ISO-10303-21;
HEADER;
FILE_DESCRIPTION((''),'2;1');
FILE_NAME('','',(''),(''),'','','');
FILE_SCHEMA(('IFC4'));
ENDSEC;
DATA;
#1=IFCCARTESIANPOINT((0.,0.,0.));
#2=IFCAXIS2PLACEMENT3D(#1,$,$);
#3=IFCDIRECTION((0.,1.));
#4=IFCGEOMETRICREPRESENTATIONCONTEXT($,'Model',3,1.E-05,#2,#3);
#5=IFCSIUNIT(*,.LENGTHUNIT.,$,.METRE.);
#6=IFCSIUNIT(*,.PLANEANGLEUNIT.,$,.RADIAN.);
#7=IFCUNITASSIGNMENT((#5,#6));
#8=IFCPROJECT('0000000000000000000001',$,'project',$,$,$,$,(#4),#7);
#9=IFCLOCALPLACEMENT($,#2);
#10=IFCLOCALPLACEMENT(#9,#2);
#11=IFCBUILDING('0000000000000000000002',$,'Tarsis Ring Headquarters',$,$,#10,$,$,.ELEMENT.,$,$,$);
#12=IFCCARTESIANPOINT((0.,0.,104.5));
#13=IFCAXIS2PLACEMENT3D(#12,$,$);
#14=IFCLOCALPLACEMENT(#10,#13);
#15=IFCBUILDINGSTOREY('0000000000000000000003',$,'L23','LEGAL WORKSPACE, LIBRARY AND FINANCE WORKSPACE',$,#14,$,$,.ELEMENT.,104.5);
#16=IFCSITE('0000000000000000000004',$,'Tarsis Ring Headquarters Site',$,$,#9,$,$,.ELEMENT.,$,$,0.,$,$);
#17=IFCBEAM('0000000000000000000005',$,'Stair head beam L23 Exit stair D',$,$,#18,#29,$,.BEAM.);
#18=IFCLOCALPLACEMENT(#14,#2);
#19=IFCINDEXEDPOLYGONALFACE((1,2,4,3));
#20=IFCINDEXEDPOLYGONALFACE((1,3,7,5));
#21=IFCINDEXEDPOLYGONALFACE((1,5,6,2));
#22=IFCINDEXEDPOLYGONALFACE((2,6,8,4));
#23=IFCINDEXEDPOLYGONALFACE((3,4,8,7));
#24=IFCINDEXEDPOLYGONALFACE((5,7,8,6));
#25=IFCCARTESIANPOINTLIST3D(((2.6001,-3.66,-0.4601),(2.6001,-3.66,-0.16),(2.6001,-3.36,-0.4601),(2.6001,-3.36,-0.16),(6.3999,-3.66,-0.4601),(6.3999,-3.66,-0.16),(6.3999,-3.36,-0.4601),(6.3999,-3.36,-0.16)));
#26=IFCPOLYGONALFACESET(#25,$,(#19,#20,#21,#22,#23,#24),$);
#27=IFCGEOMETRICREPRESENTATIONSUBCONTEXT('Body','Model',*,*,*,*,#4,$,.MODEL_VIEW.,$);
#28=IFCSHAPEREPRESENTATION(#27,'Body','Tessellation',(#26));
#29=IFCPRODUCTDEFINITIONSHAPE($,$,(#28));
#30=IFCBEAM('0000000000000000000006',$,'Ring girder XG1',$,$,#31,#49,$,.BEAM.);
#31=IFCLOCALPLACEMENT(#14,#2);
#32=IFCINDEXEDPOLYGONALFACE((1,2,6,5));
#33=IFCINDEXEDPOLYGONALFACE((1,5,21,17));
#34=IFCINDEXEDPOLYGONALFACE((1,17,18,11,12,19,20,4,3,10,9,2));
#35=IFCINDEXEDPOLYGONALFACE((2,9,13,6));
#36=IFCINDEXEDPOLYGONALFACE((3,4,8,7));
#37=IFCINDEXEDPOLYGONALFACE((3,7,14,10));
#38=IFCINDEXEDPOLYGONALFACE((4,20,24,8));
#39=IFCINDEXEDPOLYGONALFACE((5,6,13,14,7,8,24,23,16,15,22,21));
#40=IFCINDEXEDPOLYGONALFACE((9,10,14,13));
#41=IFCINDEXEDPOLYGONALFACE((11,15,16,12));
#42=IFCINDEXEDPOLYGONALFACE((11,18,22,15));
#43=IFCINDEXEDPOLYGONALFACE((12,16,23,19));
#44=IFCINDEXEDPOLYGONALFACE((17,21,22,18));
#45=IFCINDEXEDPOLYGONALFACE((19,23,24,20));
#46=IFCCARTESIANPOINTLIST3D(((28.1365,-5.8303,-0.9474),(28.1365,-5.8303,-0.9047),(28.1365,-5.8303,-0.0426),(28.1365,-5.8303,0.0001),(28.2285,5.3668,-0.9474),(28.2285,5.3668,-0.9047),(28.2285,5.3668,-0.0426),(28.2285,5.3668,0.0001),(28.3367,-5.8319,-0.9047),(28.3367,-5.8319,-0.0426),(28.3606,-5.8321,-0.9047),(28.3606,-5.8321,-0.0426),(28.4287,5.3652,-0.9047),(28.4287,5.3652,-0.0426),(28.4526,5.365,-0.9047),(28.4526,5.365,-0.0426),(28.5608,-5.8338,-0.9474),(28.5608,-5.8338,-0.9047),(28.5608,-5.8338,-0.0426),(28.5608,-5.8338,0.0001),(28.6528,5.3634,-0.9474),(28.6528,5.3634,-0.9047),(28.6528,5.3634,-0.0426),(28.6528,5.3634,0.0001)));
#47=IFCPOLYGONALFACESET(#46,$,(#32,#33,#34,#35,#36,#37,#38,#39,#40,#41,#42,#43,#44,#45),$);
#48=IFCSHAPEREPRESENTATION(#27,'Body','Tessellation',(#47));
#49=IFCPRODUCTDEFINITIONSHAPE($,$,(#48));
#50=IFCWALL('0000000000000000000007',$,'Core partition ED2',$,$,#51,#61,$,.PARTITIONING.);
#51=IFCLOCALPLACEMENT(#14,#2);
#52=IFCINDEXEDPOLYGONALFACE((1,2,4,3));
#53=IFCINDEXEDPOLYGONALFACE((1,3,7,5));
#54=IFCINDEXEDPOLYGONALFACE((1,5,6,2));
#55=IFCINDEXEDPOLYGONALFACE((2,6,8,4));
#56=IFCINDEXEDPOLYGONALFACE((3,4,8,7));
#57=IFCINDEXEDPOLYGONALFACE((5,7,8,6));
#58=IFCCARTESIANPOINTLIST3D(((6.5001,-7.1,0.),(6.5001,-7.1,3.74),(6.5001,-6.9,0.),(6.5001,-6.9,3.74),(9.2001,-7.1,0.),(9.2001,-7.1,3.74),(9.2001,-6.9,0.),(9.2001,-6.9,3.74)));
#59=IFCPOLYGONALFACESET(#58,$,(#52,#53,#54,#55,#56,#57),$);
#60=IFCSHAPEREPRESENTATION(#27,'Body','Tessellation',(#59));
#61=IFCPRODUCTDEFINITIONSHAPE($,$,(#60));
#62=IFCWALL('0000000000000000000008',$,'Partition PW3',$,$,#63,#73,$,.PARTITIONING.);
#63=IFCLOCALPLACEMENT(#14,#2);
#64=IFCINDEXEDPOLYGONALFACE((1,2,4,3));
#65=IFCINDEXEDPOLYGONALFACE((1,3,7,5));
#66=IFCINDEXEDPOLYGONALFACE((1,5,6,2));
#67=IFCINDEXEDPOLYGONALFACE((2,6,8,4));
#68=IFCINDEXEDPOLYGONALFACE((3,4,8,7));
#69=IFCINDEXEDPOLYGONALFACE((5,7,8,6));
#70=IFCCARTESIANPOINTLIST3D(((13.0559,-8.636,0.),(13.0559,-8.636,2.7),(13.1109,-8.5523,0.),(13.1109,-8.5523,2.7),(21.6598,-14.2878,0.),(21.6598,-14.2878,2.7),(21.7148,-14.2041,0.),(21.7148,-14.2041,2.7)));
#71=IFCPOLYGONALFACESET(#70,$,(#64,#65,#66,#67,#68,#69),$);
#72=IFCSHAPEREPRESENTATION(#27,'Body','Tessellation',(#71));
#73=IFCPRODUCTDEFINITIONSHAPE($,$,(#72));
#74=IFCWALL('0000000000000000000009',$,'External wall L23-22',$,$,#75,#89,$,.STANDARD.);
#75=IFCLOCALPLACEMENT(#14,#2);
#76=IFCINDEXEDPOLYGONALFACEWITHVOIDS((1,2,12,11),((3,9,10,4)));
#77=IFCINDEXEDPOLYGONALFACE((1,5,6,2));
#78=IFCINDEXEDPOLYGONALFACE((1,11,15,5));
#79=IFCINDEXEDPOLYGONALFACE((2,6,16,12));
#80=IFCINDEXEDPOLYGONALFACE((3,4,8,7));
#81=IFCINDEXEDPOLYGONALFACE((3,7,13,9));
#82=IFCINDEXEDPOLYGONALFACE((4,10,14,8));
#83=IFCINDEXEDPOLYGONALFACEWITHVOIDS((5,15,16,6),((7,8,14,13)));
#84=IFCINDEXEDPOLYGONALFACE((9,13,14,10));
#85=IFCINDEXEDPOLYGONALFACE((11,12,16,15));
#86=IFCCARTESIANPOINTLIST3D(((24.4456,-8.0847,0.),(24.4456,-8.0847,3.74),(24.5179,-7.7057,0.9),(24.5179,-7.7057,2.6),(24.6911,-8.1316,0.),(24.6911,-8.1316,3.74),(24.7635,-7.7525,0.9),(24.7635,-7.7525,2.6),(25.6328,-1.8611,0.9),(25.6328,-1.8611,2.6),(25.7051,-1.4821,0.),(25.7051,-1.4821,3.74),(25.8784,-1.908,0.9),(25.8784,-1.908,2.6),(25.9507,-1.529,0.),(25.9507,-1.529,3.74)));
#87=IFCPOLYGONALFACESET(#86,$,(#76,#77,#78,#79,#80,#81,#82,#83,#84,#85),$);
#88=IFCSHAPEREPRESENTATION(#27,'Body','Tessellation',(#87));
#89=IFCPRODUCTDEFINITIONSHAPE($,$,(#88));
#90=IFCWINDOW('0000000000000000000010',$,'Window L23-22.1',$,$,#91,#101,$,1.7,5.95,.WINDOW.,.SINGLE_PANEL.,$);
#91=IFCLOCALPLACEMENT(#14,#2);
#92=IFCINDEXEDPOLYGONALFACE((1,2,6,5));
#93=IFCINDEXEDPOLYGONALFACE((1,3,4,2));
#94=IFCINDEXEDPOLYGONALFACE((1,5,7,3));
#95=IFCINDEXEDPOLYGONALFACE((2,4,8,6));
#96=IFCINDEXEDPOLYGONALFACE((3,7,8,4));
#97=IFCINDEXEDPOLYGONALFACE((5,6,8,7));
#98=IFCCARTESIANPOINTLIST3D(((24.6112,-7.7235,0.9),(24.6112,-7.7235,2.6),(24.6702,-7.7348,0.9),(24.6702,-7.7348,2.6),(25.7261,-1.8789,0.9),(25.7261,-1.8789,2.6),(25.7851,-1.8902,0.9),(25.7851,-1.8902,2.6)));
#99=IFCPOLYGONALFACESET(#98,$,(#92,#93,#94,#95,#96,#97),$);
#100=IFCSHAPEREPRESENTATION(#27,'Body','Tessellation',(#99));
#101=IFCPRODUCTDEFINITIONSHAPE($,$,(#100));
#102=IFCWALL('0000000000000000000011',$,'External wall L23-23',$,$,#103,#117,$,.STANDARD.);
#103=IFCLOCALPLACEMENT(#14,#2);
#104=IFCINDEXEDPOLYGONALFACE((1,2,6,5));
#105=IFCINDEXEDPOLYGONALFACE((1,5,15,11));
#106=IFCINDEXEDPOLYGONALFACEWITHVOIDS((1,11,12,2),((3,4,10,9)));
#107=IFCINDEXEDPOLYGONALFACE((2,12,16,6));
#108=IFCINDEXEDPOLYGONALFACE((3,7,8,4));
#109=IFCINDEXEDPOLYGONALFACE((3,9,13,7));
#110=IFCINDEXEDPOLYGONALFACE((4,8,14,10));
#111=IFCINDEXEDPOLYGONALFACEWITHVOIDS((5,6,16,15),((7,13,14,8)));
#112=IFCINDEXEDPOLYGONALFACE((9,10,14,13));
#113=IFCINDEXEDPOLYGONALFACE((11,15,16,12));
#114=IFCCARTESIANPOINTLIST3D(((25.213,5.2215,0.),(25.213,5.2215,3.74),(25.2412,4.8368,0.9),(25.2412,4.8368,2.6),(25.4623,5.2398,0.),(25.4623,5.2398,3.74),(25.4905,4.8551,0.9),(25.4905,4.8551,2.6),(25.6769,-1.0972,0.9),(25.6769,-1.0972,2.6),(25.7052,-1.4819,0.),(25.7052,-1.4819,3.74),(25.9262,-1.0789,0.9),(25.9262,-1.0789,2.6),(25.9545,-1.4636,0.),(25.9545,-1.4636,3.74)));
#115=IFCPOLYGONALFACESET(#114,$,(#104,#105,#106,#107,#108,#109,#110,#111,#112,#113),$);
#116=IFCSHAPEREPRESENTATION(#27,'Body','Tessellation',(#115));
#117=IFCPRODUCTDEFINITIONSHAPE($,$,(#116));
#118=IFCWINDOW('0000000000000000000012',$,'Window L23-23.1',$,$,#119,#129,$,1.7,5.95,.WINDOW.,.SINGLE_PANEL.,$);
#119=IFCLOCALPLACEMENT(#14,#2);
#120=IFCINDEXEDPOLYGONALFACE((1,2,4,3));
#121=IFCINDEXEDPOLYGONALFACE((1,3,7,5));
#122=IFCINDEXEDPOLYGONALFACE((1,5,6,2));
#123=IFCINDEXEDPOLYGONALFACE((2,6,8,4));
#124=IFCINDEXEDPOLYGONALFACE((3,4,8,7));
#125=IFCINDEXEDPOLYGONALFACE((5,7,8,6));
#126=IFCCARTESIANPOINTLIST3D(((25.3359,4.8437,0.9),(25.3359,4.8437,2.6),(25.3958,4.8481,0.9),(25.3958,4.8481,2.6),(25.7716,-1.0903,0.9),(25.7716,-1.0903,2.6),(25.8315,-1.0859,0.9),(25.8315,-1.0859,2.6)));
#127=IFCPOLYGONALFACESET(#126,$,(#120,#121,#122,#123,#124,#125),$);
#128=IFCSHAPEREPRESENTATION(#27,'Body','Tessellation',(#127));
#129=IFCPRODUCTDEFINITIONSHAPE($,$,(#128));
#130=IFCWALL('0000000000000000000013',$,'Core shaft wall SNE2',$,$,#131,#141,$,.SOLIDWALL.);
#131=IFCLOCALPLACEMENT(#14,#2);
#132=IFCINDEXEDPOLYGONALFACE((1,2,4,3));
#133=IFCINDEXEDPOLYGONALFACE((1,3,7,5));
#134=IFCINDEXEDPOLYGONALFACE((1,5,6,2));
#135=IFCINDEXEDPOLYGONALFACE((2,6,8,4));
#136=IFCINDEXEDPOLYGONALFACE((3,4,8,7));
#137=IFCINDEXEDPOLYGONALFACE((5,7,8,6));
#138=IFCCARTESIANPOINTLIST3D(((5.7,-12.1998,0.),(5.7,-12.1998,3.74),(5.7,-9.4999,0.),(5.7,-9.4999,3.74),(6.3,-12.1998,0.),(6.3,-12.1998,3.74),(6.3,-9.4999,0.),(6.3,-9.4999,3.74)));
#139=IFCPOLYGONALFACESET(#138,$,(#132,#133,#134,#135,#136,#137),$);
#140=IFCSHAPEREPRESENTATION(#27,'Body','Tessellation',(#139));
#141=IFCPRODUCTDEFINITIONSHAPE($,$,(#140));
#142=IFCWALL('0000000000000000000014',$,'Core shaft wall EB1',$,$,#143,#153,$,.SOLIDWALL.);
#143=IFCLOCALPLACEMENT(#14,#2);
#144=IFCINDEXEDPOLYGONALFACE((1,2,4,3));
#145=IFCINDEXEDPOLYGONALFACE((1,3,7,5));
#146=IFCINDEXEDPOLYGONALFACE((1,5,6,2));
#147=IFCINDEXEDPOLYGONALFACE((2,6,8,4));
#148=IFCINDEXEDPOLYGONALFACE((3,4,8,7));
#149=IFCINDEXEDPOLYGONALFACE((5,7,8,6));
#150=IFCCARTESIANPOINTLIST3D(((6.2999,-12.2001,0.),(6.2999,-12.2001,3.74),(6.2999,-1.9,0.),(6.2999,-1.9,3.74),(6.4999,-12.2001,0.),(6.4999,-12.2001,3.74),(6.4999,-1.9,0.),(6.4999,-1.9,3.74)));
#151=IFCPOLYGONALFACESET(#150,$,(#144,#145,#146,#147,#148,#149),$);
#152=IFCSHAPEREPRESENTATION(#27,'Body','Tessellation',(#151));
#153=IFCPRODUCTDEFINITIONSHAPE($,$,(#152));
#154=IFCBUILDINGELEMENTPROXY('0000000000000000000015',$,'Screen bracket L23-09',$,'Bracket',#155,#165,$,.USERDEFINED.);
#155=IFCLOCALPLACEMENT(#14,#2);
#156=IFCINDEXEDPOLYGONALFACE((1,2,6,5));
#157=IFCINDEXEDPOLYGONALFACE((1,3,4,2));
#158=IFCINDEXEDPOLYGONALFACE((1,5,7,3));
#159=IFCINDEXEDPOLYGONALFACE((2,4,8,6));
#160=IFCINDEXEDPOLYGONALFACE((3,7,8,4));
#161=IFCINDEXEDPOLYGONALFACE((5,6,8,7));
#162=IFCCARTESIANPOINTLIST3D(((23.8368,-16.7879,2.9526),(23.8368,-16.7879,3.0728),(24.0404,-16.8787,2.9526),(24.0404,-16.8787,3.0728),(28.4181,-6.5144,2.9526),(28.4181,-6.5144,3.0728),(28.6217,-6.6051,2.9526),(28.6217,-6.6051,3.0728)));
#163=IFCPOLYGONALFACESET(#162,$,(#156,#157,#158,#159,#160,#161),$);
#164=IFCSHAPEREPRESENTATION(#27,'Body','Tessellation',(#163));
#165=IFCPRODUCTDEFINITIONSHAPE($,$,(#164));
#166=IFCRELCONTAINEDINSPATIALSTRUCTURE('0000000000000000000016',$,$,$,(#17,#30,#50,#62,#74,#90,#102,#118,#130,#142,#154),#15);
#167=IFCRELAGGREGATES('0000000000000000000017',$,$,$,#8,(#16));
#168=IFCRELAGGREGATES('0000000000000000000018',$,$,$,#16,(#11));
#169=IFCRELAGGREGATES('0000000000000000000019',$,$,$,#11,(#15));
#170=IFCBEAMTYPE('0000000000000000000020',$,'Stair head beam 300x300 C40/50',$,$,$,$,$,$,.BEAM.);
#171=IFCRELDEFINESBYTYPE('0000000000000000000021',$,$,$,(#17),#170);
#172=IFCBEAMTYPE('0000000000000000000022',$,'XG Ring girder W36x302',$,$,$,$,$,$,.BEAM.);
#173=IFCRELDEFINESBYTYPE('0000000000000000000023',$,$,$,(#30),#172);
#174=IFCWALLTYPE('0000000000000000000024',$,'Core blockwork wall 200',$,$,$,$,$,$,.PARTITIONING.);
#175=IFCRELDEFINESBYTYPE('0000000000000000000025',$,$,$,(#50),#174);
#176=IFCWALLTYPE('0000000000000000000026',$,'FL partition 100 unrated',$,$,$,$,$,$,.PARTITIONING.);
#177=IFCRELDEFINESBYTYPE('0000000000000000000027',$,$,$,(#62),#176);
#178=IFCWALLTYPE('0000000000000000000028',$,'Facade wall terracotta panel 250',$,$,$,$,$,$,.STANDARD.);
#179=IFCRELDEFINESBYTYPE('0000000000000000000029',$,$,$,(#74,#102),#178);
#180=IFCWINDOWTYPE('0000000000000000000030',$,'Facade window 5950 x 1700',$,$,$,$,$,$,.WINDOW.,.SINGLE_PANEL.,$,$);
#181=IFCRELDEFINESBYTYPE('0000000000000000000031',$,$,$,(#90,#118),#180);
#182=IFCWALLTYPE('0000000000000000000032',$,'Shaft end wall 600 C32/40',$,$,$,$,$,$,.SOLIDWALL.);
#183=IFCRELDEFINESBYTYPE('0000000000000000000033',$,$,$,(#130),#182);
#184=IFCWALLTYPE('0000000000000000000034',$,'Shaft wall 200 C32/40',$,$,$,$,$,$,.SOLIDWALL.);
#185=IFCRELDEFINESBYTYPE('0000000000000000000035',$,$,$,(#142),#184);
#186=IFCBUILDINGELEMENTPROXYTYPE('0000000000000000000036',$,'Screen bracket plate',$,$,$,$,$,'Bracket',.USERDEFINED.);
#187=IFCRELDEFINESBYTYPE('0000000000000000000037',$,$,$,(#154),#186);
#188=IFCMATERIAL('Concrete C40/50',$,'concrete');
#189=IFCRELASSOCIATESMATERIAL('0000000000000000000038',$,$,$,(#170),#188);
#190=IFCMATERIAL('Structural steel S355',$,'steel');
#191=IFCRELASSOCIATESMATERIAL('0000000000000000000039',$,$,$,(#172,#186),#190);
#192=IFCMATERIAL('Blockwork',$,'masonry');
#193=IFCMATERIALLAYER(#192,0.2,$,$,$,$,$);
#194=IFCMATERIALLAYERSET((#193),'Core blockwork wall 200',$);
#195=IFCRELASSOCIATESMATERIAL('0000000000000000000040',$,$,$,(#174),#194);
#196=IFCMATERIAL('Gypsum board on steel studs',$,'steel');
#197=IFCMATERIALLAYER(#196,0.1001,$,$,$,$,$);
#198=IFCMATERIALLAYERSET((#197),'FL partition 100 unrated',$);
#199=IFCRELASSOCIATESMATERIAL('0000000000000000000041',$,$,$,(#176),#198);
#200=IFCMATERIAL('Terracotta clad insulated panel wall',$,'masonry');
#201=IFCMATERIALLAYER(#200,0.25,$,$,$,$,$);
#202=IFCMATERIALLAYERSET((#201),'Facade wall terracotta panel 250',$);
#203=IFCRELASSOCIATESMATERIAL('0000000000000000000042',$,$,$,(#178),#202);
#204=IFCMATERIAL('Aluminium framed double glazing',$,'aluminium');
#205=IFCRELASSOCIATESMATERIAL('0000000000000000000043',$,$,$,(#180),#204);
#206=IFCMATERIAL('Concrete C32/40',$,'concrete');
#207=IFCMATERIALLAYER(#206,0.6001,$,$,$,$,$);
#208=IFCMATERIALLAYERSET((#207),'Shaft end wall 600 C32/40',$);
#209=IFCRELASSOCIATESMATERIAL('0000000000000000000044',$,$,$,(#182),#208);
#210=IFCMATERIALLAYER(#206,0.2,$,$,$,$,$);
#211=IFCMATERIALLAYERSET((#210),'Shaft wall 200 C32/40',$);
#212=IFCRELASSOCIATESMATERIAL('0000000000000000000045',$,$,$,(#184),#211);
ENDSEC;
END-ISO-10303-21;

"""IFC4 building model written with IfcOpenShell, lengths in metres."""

from ifc_helpers import new_model, si_unit, direction, frame, frame_2d, origin, origin_2d, place, context, subcontext, project, spatial, rectangle, i_section, extrude, material, layer, layer_set, material_profile, profile_set, type_object, element, fill, save


model = new_model("IFC4")

# Units and contexts
model_context = context("Model", 3, precision=1e-05, world=origin(), true_north=direction((0.0, 1.0)))
body_context = subcontext(model_context, "Body", "Model", "MODEL_VIEW")
ifc_project = project(units=[si_unit("LENGTHUNIT", "METRE"), si_unit("PLANEANGLEUNIT", "RADIAN")], contexts=[model_context])

# Site, building, storey
site_placement = place(None, origin())
site = spatial("IfcSite", under=ifc_project, at=site_placement, Name="Tarsis Ring Headquarters Site", CompositionType="ELEMENT", RefElevation=0.0)
building_placement = place(site_placement, origin())
building = spatial("IfcBuilding", under=site, at=building_placement, Name="Tarsis Ring Headquarters", CompositionType="ELEMENT")
storey_placement = place(building_placement, frame((0.0, 0.0, 104.5)))
storey = spatial("IfcBuildingStorey", under=building, at=storey_placement, Name="L23", Description="LEGAL WORKSPACE, LIBRARY AND FINANCE WORKSPACE", CompositionType="ELEMENT", Elevation=104.5)

# Shared definitions
ifc_material_1 = material(Name="Structural steel S355", Category="steel")

# Beams
ifc_material_2 = material(Name="Concrete C40/50", Category="concrete")
ifc_material_profile_1 = material_profile(ifc_material_2, rectangle(XDim=0.3, YDim=0.3, at=origin_2d()), Name="Stair head beam 300x300 C40/50")
ifc_profile_set_1 = profile_set([ifc_material_profile_1], Name="Concrete C40/50")
beam_type_1 = type_object("IfcBeamType", Name="Stair head beam 300x300 C40/50", PredefinedType="BEAM", material=ifc_profile_set_1)
beam_1_placement = place(storey_placement, frame((2.6001, -3.51, -0.3101), z_axis=(1.0, 0.0, 0.0), x_axis=(0.0, 1.0, 0.0)))
element("IfcBeam", 1, at=beam_1_placement, inside=storey, type_object=beam_type_1, Name="Stair head beam L23 Exit stair D", PredefinedType="BEAM", context=body_context, shape_type="SweptSolid", body=[
    extrude(rectangle(XDim=0.3, YDim=0.3, at=origin_2d()), origin(), (0.0, 0.0, 1.0), 3.7998),
])
ifc_material_profile_2 = material_profile(ifc_material_1, i_section(OverallWidth=0.4243, OverallDepth=0.9475, WebThickness=0.0239, FlangeThickness=0.0427, at=origin_2d()), Name="W36x302")
ifc_profile_set_2 = profile_set([ifc_material_profile_2], Name="Structural steel S355")
beam_type_2 = type_object("IfcBeamType", Name="XG Ring girder W36x302", PredefinedType="BEAM", material=ifc_profile_set_2)
beam_2_placement = place(storey_placement, frame((28.3486, -5.832, -0.4736), z_axis=(0.00822, 0.999966, 0.0), x_axis=(-0.999966, 0.00822, 0.0)))
element("IfcBeam", 2, at=beam_2_placement, inside=storey, type_object=beam_type_2, Name="Ring girder XG1", PredefinedType="BEAM", context=body_context, shape_type="SweptSolid", body=[
    extrude(i_section(OverallWidth=0.4243, OverallDepth=0.9475, WebThickness=0.0239, FlangeThickness=0.0427, at=origin_2d()), origin(), (0.0, 0.0, 1.0), 11.1975),
])

# Walls
ifc_material_3 = material(Name="Blockwork", Category="masonry")
ifc_layer_1 = layer(ifc_material_3, 0.2)
ifc_layer_set_1 = layer_set([ifc_layer_1], Name="Core blockwork wall 200")
wall_type_1 = type_object("IfcWallType", Name="Core blockwork wall 200", PredefinedType="PARTITIONING", material=ifc_layer_set_1)
wall_1_placement = place(storey_placement, frame((6.5, -7.0, 0.0), z_axis=(0.0, 0.0, 1.0), x_axis=(1.0, 0.0, 0.0)))
element("IfcWall", 3, at=wall_1_placement, inside=storey, type_object=wall_type_1, Name="Core partition ED2", PredefinedType="PARTITIONING", context=body_context, shape_type="SweptSolid", body=[
    extrude(rectangle(XDim=2.7, YDim=0.2, at=frame_2d((1.3501, 0.0))), origin(), (0.0, 0.0, 1.0), 3.74),
])
ifc_material_4 = material(Name="Gypsum board on steel studs", Category="steel")
ifc_layer_2 = layer(ifc_material_4, 0.1001)
ifc_layer_set_2 = layer_set([ifc_layer_2], Name="FL partition 100 unrated")
wall_type_2 = type_object("IfcWallType", Name="FL partition 100 unrated", PredefinedType="PARTITIONING", material=ifc_layer_set_2)
wall_2_placement = place(storey_placement, frame((13.0835, -8.5942, 0.0), z_axis=(0.0, 0.0, 1.0), x_axis=(0.835804, -0.549028, 0.0)))
element("IfcWall", 4, at=wall_2_placement, inside=storey, type_object=wall_type_2, Name="Partition PW3", PredefinedType="PARTITIONING", context=body_context, shape_type="SweptSolid", body=[
    extrude(rectangle(XDim=10.2942, YDim=0.1001, at=frame_2d((5.147, 0.0))), origin(), (0.0, 0.0, 1.0), 2.7),
])

# Walls, openings, windows
ifc_material_5 = material(Name="Terracotta clad insulated panel wall", Category="masonry")
ifc_layer_3 = layer(ifc_material_5, 0.25)
ifc_layer_set_3 = layer_set([ifc_layer_3], Name="Facade wall terracotta panel 250")
wall_type_3 = type_object("IfcWallType", Name="Facade wall terracotta panel 250", PredefinedType="STANDARD", material=ifc_layer_set_3)
wall_3_placement = place(storey_placement, frame((24.5684, -8.1082, 0.0), z_axis=(0.0, 0.0, 1.0), x_axis=(0.187384, 0.982287, 0.0)))
wall_3 = element("IfcWall", 5, at=wall_3_placement, inside=storey, type_object=wall_type_3, Name="External wall L23-22", PredefinedType="STANDARD", context=body_context, shape_type="SweptSolid", body=[
    extrude(rectangle(XDim=6.7217, YDim=0.25, at=frame_2d((3.3608, 0.0))), origin(), (0.0, 0.0, 1.0), 3.74),
])
opening_1_placement = place(wall_3_placement, frame((0.3857, 0.0, 0.8999)))
opening_1 = element("IfcOpeningElement", 6, at=opening_1_placement, cuts=wall_3, PredefinedType="OPENING", context=body_context, shape_type="SweptSolid", body=[
    extrude(rectangle(XDim=5.95, YDim=1.7, at=frame_2d((2.9751, 0.8501))), frame((0.0, 0.135, 0.0), z_axis=(0.0, -1.0, 0.0), x_axis=(1.0, 0.0, 0.0)), (0.0, 0.0, 1.0), 0.27),
])
ifc_material_6 = material(Name="Aluminium framed double glazing", Category="aluminium")
window_type = type_object("IfcWindowType", Name="Facade window 5950 x 1700", PartitioningType="SINGLE_PANEL", PredefinedType="WINDOW", material=ifc_material_6)
window_1_placement = place(opening_1_placement, origin())
window_1 = element("IfcWindow", 7, at=window_1_placement, inside=storey, type_object=window_type, Name="Window L23-22.1", OverallHeight=1.7, OverallWidth=5.95, PartitioningType="SINGLE_PANEL", PredefinedType="WINDOW", context=body_context, shape_type="SweptSolid", body=[
    extrude(rectangle(XDim=5.95, YDim=1.7, at=frame_2d((2.9751, 0.8501))), frame((0.0, 0.03, 0.0), z_axis=(0.0, -1.0, 0.0), x_axis=(1.0, 0.0, 0.0)), (0.0, 0.0, 1.0), 0.0601),
])
fill(opening_1, window_1)
wall_4_placement = place(storey_placement, frame((25.8298, -1.4729, 0.0), z_axis=(0.0, 0.0, 1.0), x_axis=(-0.073227, 0.997315, 0.0)))
wall_4 = element("IfcWall", 8, at=wall_4_placement, inside=storey, type_object=wall_type_3, Name="External wall L23-23", PredefinedType="STANDARD", context=body_context, shape_type="SweptSolid", body=[
    extrude(rectangle(XDim=6.7214, YDim=0.25, at=frame_2d((3.3608, 0.0))), origin(), (0.0, 0.0, 1.0), 3.74),
])
opening_2_placement = place(wall_4_placement, frame((0.3857, 0.0, 0.8999)))
opening_2 = element("IfcOpeningElement", 9, at=opening_2_placement, cuts=wall_4, PredefinedType="OPENING", context=body_context, shape_type="SweptSolid", body=[
    extrude(rectangle(XDim=5.95, YDim=1.7, at=frame_2d((2.9751, 0.8501))), frame((0.0, 0.135, 0.0), z_axis=(0.0, -1.0, 0.0), x_axis=(1.0, 0.0, 0.0)), (0.0, 0.0, 1.0), 0.27),
])
window_2_placement = place(opening_2_placement, origin())
window_2 = element("IfcWindow", 10, at=window_2_placement, inside=storey, type_object=window_type, Name="Window L23-23.1", OverallHeight=1.7, OverallWidth=5.95, PartitioningType="SINGLE_PANEL", PredefinedType="WINDOW", context=body_context, shape_type="SweptSolid", body=[
    extrude(rectangle(XDim=5.95, YDim=1.7, at=frame_2d((2.9751, 0.8501))), frame((0.0, 0.03, 0.0), z_axis=(0.0, -1.0, 0.0), x_axis=(1.0, 0.0, 0.0)), (0.0, 0.0, 1.0), 0.0601),
])
fill(opening_2, window_2)

# Walls
ifc_material_7 = material(Name="Concrete C32/40", Category="concrete")
ifc_layer_4 = layer(ifc_material_7, 0.6001)
ifc_layer_set_4 = layer_set([ifc_layer_4], Name="Shaft end wall 600 C32/40")
wall_type_4 = type_object("IfcWallType", Name="Shaft end wall 600 C32/40", PredefinedType="SOLIDWALL", material=ifc_layer_set_4)
wall_5_placement = place(storey_placement, frame((6.0, -12.2, 0.0), z_axis=(0.0, 0.0, 1.0), x_axis=(0.0, 1.0, 0.0)))
element("IfcWall", 11, at=wall_5_placement, inside=storey, type_object=wall_type_4, Name="Core shaft wall SNE2", PredefinedType="SOLIDWALL", context=body_context, shape_type="SweptSolid", body=[
    extrude(rectangle(XDim=2.7, YDim=0.6001, at=frame_2d((1.3501, 0.0))), origin(), (0.0, 0.0, 1.0), 3.74),
])
ifc_layer_5 = layer(ifc_material_7, 0.2)
ifc_layer_set_5 = layer_set([ifc_layer_5], Name="Shaft wall 200 C32/40")
wall_type_5 = type_object("IfcWallType", Name="Shaft wall 200 C32/40", PredefinedType="SOLIDWALL", material=ifc_layer_set_5)
wall_6_placement = place(storey_placement, frame((6.3999, -12.2, 0.0), z_axis=(0.0, 0.0, 1.0), x_axis=(0.0, 1.0, 0.0)))
element("IfcWall", 12, at=wall_6_placement, inside=storey, type_object=wall_type_5, Name="Core shaft wall EB1", PredefinedType="SOLIDWALL", context=body_context, shape_type="SweptSolid", body=[
    extrude(rectangle(XDim=10.3, YDim=0.2, at=frame_2d((5.1499, 0.0))), origin(), (0.0, 0.0, 1.0), 3.74),
])

# Building element proxy
building_element_proxy_type = type_object("IfcBuildingElementProxyType", Name="Screen bracket plate", ElementType="Bracket", PredefinedType="USERDEFINED", material=ifc_material_1)
proxy_placement = place(storey_placement, frame((26.2292, -11.6965, 2.9526), z_axis=(0.0, 0.0, 1.0), x_axis=(0.407275, 0.913306, 0.0)))
element("IfcBuildingElementProxy", 13, at=proxy_placement, inside=storey, type_object=building_element_proxy_type, Name="Screen bracket L23-09", ObjectType="Bracket", PredefinedType="USERDEFINED", context=body_context, shape_type="SweptSolid", body=[
    extrude(rectangle(XDim=11.2488, YDim=0.2229, at=origin_2d()), origin(), (0.0, 0.0, 1.0), 0.1201),
])

save(model, "model.ifc")
